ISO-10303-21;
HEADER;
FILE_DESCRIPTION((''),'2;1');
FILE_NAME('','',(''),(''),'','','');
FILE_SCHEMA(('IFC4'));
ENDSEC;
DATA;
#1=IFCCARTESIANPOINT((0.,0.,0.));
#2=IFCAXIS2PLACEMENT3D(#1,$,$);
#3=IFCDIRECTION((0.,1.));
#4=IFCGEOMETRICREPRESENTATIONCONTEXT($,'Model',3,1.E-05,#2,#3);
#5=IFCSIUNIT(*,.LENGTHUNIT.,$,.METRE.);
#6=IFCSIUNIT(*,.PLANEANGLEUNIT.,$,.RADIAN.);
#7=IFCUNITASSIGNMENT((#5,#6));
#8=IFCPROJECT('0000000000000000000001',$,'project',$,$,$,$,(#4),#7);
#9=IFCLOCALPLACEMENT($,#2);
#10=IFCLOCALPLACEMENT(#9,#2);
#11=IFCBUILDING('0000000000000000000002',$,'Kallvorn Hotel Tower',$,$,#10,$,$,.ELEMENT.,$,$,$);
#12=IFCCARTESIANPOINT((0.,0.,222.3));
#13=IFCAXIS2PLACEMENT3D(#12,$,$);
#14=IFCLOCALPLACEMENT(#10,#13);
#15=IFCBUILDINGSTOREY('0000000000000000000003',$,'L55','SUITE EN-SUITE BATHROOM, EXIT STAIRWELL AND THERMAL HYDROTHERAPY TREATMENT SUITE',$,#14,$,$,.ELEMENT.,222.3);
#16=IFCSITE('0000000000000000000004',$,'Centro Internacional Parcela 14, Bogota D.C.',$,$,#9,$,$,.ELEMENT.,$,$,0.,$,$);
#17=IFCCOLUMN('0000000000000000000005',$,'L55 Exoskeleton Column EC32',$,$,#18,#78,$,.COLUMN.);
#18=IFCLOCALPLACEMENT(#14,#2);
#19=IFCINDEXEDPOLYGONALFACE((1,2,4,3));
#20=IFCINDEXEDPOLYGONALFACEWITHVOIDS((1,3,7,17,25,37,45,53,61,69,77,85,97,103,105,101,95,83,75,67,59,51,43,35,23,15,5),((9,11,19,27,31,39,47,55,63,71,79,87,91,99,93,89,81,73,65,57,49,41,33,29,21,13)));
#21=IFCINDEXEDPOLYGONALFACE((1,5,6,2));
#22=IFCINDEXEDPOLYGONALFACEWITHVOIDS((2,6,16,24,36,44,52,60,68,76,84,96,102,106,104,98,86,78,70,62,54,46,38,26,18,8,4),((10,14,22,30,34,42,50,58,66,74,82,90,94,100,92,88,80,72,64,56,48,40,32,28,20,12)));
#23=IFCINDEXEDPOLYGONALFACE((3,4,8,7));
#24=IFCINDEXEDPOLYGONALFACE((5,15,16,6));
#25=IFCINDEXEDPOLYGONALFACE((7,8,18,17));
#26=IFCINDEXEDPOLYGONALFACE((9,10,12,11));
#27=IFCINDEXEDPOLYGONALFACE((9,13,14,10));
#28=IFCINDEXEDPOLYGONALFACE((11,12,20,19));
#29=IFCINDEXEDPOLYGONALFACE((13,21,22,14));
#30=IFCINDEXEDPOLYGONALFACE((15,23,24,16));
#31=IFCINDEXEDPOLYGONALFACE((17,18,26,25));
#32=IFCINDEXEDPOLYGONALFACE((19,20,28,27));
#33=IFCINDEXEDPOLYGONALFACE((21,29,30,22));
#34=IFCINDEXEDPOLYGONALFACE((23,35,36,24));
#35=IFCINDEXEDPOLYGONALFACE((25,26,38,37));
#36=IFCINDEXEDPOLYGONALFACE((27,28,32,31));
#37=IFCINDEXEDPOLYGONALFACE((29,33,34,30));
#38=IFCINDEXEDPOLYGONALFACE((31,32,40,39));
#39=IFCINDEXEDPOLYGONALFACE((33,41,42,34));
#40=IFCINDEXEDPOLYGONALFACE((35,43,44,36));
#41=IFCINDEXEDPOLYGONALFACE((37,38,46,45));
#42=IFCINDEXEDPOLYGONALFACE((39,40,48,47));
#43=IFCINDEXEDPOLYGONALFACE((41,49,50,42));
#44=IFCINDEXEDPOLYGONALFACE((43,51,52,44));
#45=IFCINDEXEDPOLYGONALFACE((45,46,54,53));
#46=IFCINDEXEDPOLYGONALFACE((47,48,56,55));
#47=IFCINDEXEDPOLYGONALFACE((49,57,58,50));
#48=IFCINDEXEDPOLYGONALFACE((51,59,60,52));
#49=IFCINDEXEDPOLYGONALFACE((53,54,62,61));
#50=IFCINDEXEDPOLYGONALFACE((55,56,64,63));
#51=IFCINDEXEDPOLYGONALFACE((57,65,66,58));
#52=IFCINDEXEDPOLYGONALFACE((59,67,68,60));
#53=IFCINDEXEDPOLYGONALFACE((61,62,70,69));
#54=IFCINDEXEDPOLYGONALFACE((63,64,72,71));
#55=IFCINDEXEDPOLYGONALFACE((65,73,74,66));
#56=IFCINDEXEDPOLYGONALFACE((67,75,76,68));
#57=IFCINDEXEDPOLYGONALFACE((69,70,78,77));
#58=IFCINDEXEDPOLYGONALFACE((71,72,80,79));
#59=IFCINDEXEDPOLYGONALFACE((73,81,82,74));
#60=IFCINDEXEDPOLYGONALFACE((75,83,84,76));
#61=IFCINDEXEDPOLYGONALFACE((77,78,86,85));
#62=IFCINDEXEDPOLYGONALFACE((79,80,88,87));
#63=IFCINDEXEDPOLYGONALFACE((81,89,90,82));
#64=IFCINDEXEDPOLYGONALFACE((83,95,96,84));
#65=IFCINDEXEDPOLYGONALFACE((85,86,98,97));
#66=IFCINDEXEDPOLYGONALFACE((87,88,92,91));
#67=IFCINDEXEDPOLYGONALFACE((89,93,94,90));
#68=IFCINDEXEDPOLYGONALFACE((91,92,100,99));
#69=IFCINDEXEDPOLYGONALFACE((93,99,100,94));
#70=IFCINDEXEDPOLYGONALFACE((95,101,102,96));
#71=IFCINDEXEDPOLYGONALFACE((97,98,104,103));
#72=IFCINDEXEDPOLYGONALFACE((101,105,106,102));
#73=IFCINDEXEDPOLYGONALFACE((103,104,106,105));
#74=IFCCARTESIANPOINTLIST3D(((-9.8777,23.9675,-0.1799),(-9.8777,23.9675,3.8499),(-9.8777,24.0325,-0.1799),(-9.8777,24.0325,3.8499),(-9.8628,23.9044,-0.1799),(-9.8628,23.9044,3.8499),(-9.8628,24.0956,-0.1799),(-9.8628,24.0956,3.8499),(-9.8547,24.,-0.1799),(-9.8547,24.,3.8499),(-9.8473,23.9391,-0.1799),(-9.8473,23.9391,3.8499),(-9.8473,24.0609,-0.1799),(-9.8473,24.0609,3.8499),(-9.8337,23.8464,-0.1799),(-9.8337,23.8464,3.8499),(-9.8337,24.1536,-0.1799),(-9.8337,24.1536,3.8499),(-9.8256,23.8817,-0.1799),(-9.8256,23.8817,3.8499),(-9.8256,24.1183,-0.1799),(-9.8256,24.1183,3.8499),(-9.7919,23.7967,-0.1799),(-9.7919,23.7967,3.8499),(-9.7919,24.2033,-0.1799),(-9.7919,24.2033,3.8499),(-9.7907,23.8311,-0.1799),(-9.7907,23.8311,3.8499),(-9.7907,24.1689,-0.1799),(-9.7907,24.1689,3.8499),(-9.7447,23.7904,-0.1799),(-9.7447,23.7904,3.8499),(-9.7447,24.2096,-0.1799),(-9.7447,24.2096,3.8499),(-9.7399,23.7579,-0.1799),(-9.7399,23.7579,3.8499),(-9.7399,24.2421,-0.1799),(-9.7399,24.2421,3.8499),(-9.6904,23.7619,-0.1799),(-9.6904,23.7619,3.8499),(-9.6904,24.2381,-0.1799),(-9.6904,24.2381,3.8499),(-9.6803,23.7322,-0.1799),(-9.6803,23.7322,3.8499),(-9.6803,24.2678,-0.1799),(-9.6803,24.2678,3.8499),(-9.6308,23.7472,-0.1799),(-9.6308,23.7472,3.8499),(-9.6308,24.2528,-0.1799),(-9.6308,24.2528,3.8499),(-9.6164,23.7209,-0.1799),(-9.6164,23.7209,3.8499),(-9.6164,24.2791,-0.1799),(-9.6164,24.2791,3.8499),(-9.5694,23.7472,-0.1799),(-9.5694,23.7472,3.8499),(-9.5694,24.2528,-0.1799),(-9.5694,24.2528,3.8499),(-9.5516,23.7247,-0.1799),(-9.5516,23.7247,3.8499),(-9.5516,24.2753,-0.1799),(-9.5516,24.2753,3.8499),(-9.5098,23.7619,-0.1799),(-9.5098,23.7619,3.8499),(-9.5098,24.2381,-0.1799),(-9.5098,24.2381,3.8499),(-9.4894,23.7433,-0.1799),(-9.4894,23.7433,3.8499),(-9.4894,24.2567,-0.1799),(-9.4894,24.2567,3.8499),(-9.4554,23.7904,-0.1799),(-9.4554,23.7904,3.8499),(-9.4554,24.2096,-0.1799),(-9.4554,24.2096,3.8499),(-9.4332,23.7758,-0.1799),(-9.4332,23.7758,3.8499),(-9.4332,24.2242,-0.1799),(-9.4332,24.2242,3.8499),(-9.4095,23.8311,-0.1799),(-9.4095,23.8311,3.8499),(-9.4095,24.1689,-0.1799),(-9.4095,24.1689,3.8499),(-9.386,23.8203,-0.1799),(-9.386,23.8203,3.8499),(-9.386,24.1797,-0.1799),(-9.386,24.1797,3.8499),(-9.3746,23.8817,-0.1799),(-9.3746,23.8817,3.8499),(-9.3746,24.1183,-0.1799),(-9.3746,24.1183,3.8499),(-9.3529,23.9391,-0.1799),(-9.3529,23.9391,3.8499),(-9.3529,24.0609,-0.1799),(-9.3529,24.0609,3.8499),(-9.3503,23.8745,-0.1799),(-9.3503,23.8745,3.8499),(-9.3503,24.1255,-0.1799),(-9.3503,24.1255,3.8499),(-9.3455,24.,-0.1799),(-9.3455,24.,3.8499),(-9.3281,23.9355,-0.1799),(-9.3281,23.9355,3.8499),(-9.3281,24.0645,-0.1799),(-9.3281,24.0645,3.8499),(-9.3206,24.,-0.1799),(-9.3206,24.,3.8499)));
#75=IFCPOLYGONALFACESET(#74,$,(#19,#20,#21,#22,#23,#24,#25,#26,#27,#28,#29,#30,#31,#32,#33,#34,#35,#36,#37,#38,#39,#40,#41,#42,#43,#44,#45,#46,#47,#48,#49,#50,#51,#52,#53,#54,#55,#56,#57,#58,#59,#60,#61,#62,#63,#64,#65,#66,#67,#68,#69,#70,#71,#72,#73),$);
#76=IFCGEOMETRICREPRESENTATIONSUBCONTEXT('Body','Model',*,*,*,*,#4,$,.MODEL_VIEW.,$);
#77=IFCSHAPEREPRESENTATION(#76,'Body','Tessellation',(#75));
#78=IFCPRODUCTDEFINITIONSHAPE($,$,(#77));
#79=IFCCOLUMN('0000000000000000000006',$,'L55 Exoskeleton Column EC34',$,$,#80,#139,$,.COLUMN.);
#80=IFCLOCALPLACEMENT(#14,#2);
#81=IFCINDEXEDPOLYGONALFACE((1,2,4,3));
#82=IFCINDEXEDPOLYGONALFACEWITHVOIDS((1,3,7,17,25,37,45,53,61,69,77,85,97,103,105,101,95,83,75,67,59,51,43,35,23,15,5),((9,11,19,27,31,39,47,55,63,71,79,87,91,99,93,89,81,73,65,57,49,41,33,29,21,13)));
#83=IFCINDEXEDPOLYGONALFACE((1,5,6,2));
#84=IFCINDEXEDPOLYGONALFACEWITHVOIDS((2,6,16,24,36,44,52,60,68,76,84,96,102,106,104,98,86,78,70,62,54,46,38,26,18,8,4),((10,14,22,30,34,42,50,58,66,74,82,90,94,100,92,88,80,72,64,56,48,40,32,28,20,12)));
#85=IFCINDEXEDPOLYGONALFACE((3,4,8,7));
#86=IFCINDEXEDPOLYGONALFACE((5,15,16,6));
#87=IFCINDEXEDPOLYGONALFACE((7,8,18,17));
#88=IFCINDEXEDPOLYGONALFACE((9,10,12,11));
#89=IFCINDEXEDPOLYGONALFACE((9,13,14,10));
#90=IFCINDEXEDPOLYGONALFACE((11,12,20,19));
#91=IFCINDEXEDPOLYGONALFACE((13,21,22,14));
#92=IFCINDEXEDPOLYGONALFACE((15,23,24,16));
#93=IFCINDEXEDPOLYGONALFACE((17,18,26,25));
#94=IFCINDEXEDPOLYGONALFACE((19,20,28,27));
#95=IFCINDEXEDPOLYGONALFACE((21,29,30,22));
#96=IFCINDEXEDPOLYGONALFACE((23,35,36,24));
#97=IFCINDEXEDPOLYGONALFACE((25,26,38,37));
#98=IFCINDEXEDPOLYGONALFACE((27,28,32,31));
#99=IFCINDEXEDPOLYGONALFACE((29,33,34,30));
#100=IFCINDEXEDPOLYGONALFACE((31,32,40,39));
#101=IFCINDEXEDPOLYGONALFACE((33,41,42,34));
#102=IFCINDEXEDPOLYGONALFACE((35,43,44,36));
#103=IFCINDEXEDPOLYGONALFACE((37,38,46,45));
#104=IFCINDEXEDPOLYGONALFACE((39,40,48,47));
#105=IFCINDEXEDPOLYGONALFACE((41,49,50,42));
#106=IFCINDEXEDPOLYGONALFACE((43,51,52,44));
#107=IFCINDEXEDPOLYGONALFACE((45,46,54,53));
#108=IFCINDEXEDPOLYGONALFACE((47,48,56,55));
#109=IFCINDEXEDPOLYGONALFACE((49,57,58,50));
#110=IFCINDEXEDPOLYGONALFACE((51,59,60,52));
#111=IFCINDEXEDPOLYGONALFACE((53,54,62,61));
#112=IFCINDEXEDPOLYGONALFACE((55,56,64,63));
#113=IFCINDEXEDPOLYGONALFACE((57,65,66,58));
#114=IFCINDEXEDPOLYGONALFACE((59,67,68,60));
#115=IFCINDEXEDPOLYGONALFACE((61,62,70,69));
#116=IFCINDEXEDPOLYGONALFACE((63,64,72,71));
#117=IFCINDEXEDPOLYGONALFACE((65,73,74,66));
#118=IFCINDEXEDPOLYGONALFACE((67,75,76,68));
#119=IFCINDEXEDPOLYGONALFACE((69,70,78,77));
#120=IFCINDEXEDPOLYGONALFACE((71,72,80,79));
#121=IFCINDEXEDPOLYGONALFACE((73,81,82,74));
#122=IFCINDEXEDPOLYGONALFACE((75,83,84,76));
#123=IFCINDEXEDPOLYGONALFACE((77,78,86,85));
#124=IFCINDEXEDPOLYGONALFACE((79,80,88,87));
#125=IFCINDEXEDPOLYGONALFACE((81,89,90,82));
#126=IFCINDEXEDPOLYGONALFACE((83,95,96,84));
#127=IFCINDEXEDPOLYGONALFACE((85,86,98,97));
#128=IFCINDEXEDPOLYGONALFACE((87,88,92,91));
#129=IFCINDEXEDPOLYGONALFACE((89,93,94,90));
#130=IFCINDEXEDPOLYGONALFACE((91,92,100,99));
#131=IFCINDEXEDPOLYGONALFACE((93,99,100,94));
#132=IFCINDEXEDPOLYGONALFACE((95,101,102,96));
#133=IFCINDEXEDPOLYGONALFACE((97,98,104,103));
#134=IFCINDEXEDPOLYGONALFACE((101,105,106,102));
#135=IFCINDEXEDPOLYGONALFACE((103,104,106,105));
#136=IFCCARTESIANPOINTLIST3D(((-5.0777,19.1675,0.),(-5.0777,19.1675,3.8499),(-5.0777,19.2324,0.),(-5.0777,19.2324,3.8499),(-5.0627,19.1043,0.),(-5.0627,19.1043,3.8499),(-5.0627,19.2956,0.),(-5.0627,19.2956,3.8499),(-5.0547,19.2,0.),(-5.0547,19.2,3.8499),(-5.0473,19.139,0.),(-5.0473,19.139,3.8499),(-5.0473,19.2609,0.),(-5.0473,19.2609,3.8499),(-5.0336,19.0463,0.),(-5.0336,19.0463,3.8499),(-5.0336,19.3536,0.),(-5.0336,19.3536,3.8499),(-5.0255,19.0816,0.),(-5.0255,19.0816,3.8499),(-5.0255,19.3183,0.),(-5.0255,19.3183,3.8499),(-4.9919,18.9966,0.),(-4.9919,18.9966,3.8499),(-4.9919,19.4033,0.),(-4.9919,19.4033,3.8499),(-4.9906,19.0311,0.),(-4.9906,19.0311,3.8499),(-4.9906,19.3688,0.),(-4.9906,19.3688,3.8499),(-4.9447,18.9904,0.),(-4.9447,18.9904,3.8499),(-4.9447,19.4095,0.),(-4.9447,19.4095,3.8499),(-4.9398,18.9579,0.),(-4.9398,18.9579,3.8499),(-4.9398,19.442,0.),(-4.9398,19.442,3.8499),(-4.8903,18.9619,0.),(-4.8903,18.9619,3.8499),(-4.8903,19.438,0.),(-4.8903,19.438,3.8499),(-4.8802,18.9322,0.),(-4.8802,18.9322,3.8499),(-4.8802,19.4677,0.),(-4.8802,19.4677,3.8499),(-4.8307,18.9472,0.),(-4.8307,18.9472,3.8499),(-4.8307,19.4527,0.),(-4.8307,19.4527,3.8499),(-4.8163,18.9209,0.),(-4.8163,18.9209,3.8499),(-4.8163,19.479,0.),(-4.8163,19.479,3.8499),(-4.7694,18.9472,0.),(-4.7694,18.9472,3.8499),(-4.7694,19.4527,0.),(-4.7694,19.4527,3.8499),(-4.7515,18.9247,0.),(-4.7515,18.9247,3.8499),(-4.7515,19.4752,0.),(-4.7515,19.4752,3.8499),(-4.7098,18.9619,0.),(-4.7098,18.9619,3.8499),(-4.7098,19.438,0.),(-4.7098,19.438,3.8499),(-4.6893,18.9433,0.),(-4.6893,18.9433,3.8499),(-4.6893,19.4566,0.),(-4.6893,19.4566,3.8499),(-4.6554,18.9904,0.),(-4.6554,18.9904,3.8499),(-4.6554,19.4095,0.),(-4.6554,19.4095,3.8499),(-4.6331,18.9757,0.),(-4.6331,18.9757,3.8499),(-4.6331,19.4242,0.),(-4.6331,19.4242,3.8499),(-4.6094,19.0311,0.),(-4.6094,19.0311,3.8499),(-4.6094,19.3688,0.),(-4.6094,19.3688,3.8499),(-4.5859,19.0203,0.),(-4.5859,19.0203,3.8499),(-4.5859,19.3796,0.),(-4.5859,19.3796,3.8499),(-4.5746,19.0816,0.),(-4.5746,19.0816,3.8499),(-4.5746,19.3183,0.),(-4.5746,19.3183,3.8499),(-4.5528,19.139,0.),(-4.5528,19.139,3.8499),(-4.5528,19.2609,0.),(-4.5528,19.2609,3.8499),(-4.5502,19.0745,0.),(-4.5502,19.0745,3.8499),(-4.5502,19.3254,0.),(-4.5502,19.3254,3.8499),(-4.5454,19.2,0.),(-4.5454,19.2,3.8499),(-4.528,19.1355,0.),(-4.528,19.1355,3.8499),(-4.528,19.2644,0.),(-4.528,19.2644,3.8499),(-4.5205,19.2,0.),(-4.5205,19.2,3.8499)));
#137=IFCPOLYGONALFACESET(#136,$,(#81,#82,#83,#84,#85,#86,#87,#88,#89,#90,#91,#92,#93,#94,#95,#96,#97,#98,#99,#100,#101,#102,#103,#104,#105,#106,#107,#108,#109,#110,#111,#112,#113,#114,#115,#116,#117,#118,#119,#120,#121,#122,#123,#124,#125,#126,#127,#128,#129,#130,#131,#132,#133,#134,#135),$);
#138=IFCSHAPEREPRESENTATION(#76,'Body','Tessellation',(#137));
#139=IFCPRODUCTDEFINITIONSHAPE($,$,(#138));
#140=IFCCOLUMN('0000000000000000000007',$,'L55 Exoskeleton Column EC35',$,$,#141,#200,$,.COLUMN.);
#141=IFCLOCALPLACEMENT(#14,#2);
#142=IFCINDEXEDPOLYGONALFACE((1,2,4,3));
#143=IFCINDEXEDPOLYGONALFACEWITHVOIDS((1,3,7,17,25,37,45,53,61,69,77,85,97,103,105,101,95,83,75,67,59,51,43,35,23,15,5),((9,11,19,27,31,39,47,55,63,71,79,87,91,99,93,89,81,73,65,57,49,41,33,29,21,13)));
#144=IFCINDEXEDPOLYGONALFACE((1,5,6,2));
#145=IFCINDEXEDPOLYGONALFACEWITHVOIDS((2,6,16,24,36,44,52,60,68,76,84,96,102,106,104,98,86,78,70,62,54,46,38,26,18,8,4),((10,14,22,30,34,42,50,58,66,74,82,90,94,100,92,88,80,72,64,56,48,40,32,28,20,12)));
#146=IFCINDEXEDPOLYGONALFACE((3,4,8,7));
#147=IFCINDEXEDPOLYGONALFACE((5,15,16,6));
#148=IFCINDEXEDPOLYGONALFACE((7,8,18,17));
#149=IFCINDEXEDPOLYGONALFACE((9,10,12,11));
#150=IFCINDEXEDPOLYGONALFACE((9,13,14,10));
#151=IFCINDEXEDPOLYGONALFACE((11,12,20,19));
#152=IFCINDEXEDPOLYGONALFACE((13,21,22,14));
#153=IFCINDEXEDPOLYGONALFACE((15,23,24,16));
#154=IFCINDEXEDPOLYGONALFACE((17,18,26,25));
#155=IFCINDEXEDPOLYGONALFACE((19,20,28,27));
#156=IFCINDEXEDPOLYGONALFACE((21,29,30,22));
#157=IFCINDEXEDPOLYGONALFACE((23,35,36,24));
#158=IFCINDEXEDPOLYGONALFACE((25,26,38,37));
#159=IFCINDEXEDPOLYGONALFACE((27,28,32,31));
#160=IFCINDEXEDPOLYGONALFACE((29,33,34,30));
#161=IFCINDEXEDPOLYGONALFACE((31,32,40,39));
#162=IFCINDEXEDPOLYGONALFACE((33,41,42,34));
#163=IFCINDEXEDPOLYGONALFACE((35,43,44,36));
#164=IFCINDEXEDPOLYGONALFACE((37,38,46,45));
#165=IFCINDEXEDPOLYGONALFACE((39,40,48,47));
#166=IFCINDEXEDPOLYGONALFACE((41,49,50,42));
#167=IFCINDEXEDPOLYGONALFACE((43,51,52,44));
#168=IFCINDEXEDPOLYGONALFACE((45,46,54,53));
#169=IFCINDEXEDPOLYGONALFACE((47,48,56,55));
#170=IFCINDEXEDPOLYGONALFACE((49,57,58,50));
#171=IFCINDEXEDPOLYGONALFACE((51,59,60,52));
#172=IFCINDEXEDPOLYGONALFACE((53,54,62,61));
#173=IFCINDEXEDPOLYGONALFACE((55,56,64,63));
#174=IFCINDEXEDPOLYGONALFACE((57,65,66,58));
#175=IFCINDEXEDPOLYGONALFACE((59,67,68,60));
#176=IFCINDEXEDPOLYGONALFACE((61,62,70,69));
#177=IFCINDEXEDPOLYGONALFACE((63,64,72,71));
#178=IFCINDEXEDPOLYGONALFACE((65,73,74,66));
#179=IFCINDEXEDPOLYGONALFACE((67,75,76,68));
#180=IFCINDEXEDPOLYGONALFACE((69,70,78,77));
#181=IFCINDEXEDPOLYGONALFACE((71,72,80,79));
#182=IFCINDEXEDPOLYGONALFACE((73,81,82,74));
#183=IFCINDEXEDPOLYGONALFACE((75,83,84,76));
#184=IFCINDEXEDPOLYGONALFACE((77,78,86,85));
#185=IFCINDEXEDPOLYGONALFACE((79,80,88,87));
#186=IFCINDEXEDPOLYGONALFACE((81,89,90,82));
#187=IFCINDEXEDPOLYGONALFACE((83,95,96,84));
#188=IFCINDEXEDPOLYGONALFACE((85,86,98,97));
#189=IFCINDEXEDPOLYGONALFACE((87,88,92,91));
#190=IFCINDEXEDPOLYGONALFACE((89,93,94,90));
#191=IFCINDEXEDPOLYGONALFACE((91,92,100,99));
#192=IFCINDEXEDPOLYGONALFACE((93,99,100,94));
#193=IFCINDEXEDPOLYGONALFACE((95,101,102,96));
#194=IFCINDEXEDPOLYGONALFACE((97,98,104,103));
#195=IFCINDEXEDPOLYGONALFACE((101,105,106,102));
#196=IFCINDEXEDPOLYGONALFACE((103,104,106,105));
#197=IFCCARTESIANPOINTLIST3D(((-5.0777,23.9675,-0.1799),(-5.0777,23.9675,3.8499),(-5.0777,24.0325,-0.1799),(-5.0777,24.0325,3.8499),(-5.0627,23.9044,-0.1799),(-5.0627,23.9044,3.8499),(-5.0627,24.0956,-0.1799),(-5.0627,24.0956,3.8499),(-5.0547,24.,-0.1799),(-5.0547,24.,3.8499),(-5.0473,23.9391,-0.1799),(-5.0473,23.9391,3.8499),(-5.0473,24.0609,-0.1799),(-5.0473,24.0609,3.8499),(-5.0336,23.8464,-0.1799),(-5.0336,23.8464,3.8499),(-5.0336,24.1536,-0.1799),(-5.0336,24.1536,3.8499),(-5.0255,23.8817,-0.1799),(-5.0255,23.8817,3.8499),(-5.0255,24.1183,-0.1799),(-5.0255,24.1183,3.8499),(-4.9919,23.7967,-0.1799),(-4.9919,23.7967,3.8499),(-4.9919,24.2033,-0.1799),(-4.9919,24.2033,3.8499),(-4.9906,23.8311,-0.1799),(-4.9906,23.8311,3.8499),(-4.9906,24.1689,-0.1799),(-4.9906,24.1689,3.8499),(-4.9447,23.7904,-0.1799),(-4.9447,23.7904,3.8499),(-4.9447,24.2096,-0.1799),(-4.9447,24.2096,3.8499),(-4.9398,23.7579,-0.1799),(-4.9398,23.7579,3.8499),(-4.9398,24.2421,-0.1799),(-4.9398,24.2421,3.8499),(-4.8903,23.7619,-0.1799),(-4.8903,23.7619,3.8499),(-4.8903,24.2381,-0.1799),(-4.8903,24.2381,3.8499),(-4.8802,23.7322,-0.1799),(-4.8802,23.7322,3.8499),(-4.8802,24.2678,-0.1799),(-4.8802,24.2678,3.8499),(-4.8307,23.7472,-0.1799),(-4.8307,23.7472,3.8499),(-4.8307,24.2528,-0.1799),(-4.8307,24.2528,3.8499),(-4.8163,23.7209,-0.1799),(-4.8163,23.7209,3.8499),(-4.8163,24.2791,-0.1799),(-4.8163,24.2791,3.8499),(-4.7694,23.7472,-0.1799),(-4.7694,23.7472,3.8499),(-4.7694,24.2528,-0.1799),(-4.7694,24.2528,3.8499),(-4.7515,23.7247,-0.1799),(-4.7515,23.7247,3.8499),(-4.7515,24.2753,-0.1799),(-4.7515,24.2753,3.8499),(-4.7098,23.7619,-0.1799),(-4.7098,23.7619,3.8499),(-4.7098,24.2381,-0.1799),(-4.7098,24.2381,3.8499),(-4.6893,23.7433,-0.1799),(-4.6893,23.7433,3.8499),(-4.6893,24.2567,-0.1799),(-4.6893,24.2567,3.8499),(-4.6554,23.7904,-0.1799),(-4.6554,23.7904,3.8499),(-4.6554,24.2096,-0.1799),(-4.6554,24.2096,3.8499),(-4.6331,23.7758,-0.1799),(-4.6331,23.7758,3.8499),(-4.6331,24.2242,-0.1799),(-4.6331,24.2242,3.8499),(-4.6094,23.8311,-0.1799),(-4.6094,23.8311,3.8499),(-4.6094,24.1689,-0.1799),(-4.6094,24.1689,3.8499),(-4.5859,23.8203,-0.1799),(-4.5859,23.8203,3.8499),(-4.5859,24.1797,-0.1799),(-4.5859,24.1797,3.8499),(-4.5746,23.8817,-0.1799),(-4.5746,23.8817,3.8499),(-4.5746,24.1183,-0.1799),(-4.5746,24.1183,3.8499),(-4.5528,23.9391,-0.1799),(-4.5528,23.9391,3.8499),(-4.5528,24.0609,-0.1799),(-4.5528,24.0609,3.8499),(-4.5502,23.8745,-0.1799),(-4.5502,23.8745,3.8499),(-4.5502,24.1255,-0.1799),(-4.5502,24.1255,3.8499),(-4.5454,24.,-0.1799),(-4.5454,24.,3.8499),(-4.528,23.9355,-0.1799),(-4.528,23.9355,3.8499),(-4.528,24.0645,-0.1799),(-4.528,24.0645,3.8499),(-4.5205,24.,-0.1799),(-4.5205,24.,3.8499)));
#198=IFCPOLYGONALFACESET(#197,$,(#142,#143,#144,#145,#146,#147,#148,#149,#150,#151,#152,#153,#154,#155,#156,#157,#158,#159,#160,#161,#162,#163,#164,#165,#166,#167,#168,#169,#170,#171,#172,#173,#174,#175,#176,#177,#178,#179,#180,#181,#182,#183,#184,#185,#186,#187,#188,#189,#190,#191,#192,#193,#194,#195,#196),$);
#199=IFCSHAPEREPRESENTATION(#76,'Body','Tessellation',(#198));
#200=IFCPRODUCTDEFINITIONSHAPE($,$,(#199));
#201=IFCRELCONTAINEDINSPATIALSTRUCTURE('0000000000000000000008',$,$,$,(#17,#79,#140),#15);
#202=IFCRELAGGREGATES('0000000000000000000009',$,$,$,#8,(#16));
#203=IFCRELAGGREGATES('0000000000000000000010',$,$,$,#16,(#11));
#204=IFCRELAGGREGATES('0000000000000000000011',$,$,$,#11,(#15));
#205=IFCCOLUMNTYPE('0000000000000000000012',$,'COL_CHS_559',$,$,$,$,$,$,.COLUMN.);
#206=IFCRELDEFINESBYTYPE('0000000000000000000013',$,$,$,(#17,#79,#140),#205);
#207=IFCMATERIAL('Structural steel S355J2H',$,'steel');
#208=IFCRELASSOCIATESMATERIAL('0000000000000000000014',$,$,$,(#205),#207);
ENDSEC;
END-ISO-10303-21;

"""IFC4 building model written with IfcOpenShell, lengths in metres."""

from ifc_helpers import new_model, si_unit, direction, frame, origin, origin_2d, place, context, subcontext, project, spatial, hollow_circle, extrude, material, material_profile, profile_set, type_object, element, save


model = new_model("IFC4")

# Units and contexts
model_context = context("Model", 3, precision=1e-05, world=origin(), true_north=direction((0.0, 1.0)))
body_context = subcontext(model_context, "Body", "Model", "MODEL_VIEW")
ifc_project = project(units=[si_unit("LENGTHUNIT", "METRE"), si_unit("PLANEANGLEUNIT", "RADIAN")], contexts=[model_context])

# Site, building, storey
site_placement = place(None, origin())
site = spatial("IfcSite", under=ifc_project, at=site_placement, Name="Centro Internacional Parcela 14, Bogota D.C.", CompositionType="ELEMENT", RefElevation=0.0)
building_placement = place(site_placement, origin())
building = spatial("IfcBuilding", under=site, at=building_placement, Name="Kallvorn Hotel Tower", CompositionType="ELEMENT")
storey_placement = place(building_placement, frame((0.0, 0.0, 222.3)))
storey = spatial("IfcBuildingStorey", under=building, at=storey_placement, Name="L55", Description="SUITE EN-SUITE BATHROOM, EXIT STAIRWELL AND THERMAL HYDROTHERAPY TREATMENT SUITE", CompositionType="ELEMENT", Elevation=222.3)

# Columns
ifc_material_1 = material(Name="Structural steel S355J2H", Category="steel")
ifc_material_profile_1 = material_profile(ifc_material_1, hollow_circle(Radius=0.2795, WallThickness=0.0249, at=origin_2d()), Name="CHS 559x25")
ifc_profile_set_1 = profile_set([ifc_material_profile_1], Name="Structural steel S355J2H")
column_type_1 = type_object("IfcColumnType", Name="COL_CHS_559", PredefinedType="COLUMN", material=ifc_profile_set_1)
column_1_placement = place(storey_placement, frame((-9.6001, 24.0, -0.1799), z_axis=(0.0, 0.0, 1.0), x_axis=(1.0, 0.0, 0.0)))
element("IfcColumn", 1, at=column_1_placement, inside=storey, type_object=column_type_1, Name="L55 Exoskeleton Column EC32", PredefinedType="COLUMN", context=body_context, shape_type="SweptSolid", body=[
    extrude(hollow_circle(Radius=0.2795, WallThickness=0.0249, at=origin_2d()), origin(), (0.0, 0.0, 1.0), 4.0298),
])
column_2_placement = place(storey_placement, frame((-4.8, 19.2, 0.0), z_axis=(0.0, 0.0, 1.0), x_axis=(1.0, 0.0, 0.0)))
element("IfcColumn", 2, at=column_2_placement, inside=storey, type_object=column_type_1, Name="L55 Exoskeleton Column EC34", PredefinedType="COLUMN", context=body_context, shape_type="SweptSolid", body=[
    extrude(hollow_circle(Radius=0.2795, WallThickness=0.0249, at=origin_2d()), origin(), (0.0, 0.0, 1.0), 3.8499),
])
column_3_placement = place(storey_placement, frame((-4.8, 24.0, -0.1799), z_axis=(0.0, 0.0, 1.0), x_axis=(1.0, 0.0, 0.0)))
element("IfcColumn", 3, at=column_3_placement, inside=storey, type_object=column_type_1, Name="L55 Exoskeleton Column EC35", PredefinedType="COLUMN", context=body_context, shape_type="SweptSolid", body=[
    extrude(hollow_circle(Radius=0.2795, WallThickness=0.0249, at=origin_2d()), origin(), (0.0, 0.0, 1.0), 4.0298),
])

save(model, "model.ifc")
